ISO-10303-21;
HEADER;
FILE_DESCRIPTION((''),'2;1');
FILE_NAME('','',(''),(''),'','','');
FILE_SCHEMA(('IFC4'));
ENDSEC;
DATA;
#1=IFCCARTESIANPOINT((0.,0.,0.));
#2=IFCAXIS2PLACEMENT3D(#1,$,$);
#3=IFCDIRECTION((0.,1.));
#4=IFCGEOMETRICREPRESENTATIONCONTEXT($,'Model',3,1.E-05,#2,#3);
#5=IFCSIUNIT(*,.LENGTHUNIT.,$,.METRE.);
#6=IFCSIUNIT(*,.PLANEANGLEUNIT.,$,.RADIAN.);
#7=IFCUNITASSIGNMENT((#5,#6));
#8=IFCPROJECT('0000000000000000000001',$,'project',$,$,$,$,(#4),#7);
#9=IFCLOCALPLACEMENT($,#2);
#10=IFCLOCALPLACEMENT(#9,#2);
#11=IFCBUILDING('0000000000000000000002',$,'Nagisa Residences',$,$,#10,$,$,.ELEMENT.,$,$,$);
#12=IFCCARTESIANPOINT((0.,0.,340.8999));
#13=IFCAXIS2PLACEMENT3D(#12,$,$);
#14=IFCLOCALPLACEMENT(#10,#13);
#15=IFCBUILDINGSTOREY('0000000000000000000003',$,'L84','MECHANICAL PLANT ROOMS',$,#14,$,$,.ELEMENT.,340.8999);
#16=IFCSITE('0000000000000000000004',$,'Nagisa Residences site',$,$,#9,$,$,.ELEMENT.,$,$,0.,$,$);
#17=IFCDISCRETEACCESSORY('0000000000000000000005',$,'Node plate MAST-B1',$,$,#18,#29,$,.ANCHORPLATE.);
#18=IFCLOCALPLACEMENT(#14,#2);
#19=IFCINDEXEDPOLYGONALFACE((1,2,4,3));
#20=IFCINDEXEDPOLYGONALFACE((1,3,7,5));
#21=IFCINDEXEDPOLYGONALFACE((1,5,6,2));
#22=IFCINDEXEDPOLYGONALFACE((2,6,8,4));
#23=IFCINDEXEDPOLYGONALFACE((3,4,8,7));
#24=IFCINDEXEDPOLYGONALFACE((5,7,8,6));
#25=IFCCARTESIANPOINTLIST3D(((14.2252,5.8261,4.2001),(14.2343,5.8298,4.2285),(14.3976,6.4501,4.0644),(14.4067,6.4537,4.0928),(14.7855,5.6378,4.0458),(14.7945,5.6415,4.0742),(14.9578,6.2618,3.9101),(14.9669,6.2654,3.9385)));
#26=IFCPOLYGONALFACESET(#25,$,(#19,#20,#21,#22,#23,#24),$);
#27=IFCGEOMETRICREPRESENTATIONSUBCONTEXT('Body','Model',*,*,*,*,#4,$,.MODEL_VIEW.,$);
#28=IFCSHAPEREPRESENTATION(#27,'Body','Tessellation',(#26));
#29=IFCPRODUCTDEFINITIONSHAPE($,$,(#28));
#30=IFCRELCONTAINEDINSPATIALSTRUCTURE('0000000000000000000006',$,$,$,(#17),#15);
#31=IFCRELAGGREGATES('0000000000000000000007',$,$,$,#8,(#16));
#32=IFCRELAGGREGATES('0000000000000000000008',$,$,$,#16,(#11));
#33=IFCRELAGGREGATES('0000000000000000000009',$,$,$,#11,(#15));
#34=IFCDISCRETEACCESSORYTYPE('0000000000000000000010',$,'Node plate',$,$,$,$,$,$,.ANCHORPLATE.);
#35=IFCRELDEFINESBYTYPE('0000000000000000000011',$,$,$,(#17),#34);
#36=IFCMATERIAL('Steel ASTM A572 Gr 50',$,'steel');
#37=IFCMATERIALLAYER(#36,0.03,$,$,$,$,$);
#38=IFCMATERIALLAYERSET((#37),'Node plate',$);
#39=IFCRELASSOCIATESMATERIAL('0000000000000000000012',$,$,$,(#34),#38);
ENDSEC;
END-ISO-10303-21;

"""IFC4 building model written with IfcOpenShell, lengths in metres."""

from ifc_helpers import new_model, si_unit, direction, frame, origin, origin_2d, place, context, subcontext, project, spatial, rectangle, extrude, material, layer, layer_set, type_object, element, save


model = new_model("IFC4")

# Units and contexts
model_context = context("Model", 3, precision=1e-05, world=origin(), true_north=direction((0.0, 1.0)))
body_context = subcontext(model_context, "Body", "Model", "MODEL_VIEW")
ifc_project = project(units=[si_unit("LENGTHUNIT", "METRE"), si_unit("PLANEANGLEUNIT", "RADIAN")], contexts=[model_context])

# Site, building, storey
site_placement = place(None, origin())
site = spatial("IfcSite", under=ifc_project, at=site_placement, Name="Nagisa Residences site", CompositionType="ELEMENT", RefElevation=0.0)
building_placement = place(site_placement, origin())
building = spatial("IfcBuilding", under=site, at=building_placement, Name="Nagisa Residences", CompositionType="ELEMENT")
storey_placement = place(building_placement, frame((0.0, 0.0, 340.8999)))
storey = spatial("IfcBuildingStorey", under=building, at=storey_placement, Name="L84", Description="MECHANICAL PLANT ROOMS", CompositionType="ELEMENT", Elevation=340.8999)

# Discrete accessory
ifc_material_1 = material(Name="Steel ASTM A572 Gr 50", Category="steel")
ifc_layer_1 = layer(ifc_material_1, 0.03)
ifc_layer_set_1 = layer_set([ifc_layer_1], Name="Node plate")
discrete_accessory_type = type_object("IfcDiscreteAccessoryType", Name="Node plate", PredefinedType="ANCHORPLATE", material=ifc_layer_set_1)
discrete_accessory_placement = place(storey_placement, frame((14.6006, 6.0476, 4.0835), z_axis=(-0.301601, -0.122271, -0.945561), x_axis=(-0.917129, 0.308274, 0.25267)))
element("IfcDiscreteAccessory", 1, at=discrete_accessory_placement, inside=storey, type_object=discrete_accessory_type, Name="Node plate MAST-B1", PredefinedType="ANCHORPLATE", context=body_context, shape_type="SweptSolid", body=[
    extrude(rectangle(XDim=0.6108, YDim=0.6614, at=origin_2d()), origin(), (0.0, 0.0, 1.0), 0.03),
])

save(model, "model.ifc")
